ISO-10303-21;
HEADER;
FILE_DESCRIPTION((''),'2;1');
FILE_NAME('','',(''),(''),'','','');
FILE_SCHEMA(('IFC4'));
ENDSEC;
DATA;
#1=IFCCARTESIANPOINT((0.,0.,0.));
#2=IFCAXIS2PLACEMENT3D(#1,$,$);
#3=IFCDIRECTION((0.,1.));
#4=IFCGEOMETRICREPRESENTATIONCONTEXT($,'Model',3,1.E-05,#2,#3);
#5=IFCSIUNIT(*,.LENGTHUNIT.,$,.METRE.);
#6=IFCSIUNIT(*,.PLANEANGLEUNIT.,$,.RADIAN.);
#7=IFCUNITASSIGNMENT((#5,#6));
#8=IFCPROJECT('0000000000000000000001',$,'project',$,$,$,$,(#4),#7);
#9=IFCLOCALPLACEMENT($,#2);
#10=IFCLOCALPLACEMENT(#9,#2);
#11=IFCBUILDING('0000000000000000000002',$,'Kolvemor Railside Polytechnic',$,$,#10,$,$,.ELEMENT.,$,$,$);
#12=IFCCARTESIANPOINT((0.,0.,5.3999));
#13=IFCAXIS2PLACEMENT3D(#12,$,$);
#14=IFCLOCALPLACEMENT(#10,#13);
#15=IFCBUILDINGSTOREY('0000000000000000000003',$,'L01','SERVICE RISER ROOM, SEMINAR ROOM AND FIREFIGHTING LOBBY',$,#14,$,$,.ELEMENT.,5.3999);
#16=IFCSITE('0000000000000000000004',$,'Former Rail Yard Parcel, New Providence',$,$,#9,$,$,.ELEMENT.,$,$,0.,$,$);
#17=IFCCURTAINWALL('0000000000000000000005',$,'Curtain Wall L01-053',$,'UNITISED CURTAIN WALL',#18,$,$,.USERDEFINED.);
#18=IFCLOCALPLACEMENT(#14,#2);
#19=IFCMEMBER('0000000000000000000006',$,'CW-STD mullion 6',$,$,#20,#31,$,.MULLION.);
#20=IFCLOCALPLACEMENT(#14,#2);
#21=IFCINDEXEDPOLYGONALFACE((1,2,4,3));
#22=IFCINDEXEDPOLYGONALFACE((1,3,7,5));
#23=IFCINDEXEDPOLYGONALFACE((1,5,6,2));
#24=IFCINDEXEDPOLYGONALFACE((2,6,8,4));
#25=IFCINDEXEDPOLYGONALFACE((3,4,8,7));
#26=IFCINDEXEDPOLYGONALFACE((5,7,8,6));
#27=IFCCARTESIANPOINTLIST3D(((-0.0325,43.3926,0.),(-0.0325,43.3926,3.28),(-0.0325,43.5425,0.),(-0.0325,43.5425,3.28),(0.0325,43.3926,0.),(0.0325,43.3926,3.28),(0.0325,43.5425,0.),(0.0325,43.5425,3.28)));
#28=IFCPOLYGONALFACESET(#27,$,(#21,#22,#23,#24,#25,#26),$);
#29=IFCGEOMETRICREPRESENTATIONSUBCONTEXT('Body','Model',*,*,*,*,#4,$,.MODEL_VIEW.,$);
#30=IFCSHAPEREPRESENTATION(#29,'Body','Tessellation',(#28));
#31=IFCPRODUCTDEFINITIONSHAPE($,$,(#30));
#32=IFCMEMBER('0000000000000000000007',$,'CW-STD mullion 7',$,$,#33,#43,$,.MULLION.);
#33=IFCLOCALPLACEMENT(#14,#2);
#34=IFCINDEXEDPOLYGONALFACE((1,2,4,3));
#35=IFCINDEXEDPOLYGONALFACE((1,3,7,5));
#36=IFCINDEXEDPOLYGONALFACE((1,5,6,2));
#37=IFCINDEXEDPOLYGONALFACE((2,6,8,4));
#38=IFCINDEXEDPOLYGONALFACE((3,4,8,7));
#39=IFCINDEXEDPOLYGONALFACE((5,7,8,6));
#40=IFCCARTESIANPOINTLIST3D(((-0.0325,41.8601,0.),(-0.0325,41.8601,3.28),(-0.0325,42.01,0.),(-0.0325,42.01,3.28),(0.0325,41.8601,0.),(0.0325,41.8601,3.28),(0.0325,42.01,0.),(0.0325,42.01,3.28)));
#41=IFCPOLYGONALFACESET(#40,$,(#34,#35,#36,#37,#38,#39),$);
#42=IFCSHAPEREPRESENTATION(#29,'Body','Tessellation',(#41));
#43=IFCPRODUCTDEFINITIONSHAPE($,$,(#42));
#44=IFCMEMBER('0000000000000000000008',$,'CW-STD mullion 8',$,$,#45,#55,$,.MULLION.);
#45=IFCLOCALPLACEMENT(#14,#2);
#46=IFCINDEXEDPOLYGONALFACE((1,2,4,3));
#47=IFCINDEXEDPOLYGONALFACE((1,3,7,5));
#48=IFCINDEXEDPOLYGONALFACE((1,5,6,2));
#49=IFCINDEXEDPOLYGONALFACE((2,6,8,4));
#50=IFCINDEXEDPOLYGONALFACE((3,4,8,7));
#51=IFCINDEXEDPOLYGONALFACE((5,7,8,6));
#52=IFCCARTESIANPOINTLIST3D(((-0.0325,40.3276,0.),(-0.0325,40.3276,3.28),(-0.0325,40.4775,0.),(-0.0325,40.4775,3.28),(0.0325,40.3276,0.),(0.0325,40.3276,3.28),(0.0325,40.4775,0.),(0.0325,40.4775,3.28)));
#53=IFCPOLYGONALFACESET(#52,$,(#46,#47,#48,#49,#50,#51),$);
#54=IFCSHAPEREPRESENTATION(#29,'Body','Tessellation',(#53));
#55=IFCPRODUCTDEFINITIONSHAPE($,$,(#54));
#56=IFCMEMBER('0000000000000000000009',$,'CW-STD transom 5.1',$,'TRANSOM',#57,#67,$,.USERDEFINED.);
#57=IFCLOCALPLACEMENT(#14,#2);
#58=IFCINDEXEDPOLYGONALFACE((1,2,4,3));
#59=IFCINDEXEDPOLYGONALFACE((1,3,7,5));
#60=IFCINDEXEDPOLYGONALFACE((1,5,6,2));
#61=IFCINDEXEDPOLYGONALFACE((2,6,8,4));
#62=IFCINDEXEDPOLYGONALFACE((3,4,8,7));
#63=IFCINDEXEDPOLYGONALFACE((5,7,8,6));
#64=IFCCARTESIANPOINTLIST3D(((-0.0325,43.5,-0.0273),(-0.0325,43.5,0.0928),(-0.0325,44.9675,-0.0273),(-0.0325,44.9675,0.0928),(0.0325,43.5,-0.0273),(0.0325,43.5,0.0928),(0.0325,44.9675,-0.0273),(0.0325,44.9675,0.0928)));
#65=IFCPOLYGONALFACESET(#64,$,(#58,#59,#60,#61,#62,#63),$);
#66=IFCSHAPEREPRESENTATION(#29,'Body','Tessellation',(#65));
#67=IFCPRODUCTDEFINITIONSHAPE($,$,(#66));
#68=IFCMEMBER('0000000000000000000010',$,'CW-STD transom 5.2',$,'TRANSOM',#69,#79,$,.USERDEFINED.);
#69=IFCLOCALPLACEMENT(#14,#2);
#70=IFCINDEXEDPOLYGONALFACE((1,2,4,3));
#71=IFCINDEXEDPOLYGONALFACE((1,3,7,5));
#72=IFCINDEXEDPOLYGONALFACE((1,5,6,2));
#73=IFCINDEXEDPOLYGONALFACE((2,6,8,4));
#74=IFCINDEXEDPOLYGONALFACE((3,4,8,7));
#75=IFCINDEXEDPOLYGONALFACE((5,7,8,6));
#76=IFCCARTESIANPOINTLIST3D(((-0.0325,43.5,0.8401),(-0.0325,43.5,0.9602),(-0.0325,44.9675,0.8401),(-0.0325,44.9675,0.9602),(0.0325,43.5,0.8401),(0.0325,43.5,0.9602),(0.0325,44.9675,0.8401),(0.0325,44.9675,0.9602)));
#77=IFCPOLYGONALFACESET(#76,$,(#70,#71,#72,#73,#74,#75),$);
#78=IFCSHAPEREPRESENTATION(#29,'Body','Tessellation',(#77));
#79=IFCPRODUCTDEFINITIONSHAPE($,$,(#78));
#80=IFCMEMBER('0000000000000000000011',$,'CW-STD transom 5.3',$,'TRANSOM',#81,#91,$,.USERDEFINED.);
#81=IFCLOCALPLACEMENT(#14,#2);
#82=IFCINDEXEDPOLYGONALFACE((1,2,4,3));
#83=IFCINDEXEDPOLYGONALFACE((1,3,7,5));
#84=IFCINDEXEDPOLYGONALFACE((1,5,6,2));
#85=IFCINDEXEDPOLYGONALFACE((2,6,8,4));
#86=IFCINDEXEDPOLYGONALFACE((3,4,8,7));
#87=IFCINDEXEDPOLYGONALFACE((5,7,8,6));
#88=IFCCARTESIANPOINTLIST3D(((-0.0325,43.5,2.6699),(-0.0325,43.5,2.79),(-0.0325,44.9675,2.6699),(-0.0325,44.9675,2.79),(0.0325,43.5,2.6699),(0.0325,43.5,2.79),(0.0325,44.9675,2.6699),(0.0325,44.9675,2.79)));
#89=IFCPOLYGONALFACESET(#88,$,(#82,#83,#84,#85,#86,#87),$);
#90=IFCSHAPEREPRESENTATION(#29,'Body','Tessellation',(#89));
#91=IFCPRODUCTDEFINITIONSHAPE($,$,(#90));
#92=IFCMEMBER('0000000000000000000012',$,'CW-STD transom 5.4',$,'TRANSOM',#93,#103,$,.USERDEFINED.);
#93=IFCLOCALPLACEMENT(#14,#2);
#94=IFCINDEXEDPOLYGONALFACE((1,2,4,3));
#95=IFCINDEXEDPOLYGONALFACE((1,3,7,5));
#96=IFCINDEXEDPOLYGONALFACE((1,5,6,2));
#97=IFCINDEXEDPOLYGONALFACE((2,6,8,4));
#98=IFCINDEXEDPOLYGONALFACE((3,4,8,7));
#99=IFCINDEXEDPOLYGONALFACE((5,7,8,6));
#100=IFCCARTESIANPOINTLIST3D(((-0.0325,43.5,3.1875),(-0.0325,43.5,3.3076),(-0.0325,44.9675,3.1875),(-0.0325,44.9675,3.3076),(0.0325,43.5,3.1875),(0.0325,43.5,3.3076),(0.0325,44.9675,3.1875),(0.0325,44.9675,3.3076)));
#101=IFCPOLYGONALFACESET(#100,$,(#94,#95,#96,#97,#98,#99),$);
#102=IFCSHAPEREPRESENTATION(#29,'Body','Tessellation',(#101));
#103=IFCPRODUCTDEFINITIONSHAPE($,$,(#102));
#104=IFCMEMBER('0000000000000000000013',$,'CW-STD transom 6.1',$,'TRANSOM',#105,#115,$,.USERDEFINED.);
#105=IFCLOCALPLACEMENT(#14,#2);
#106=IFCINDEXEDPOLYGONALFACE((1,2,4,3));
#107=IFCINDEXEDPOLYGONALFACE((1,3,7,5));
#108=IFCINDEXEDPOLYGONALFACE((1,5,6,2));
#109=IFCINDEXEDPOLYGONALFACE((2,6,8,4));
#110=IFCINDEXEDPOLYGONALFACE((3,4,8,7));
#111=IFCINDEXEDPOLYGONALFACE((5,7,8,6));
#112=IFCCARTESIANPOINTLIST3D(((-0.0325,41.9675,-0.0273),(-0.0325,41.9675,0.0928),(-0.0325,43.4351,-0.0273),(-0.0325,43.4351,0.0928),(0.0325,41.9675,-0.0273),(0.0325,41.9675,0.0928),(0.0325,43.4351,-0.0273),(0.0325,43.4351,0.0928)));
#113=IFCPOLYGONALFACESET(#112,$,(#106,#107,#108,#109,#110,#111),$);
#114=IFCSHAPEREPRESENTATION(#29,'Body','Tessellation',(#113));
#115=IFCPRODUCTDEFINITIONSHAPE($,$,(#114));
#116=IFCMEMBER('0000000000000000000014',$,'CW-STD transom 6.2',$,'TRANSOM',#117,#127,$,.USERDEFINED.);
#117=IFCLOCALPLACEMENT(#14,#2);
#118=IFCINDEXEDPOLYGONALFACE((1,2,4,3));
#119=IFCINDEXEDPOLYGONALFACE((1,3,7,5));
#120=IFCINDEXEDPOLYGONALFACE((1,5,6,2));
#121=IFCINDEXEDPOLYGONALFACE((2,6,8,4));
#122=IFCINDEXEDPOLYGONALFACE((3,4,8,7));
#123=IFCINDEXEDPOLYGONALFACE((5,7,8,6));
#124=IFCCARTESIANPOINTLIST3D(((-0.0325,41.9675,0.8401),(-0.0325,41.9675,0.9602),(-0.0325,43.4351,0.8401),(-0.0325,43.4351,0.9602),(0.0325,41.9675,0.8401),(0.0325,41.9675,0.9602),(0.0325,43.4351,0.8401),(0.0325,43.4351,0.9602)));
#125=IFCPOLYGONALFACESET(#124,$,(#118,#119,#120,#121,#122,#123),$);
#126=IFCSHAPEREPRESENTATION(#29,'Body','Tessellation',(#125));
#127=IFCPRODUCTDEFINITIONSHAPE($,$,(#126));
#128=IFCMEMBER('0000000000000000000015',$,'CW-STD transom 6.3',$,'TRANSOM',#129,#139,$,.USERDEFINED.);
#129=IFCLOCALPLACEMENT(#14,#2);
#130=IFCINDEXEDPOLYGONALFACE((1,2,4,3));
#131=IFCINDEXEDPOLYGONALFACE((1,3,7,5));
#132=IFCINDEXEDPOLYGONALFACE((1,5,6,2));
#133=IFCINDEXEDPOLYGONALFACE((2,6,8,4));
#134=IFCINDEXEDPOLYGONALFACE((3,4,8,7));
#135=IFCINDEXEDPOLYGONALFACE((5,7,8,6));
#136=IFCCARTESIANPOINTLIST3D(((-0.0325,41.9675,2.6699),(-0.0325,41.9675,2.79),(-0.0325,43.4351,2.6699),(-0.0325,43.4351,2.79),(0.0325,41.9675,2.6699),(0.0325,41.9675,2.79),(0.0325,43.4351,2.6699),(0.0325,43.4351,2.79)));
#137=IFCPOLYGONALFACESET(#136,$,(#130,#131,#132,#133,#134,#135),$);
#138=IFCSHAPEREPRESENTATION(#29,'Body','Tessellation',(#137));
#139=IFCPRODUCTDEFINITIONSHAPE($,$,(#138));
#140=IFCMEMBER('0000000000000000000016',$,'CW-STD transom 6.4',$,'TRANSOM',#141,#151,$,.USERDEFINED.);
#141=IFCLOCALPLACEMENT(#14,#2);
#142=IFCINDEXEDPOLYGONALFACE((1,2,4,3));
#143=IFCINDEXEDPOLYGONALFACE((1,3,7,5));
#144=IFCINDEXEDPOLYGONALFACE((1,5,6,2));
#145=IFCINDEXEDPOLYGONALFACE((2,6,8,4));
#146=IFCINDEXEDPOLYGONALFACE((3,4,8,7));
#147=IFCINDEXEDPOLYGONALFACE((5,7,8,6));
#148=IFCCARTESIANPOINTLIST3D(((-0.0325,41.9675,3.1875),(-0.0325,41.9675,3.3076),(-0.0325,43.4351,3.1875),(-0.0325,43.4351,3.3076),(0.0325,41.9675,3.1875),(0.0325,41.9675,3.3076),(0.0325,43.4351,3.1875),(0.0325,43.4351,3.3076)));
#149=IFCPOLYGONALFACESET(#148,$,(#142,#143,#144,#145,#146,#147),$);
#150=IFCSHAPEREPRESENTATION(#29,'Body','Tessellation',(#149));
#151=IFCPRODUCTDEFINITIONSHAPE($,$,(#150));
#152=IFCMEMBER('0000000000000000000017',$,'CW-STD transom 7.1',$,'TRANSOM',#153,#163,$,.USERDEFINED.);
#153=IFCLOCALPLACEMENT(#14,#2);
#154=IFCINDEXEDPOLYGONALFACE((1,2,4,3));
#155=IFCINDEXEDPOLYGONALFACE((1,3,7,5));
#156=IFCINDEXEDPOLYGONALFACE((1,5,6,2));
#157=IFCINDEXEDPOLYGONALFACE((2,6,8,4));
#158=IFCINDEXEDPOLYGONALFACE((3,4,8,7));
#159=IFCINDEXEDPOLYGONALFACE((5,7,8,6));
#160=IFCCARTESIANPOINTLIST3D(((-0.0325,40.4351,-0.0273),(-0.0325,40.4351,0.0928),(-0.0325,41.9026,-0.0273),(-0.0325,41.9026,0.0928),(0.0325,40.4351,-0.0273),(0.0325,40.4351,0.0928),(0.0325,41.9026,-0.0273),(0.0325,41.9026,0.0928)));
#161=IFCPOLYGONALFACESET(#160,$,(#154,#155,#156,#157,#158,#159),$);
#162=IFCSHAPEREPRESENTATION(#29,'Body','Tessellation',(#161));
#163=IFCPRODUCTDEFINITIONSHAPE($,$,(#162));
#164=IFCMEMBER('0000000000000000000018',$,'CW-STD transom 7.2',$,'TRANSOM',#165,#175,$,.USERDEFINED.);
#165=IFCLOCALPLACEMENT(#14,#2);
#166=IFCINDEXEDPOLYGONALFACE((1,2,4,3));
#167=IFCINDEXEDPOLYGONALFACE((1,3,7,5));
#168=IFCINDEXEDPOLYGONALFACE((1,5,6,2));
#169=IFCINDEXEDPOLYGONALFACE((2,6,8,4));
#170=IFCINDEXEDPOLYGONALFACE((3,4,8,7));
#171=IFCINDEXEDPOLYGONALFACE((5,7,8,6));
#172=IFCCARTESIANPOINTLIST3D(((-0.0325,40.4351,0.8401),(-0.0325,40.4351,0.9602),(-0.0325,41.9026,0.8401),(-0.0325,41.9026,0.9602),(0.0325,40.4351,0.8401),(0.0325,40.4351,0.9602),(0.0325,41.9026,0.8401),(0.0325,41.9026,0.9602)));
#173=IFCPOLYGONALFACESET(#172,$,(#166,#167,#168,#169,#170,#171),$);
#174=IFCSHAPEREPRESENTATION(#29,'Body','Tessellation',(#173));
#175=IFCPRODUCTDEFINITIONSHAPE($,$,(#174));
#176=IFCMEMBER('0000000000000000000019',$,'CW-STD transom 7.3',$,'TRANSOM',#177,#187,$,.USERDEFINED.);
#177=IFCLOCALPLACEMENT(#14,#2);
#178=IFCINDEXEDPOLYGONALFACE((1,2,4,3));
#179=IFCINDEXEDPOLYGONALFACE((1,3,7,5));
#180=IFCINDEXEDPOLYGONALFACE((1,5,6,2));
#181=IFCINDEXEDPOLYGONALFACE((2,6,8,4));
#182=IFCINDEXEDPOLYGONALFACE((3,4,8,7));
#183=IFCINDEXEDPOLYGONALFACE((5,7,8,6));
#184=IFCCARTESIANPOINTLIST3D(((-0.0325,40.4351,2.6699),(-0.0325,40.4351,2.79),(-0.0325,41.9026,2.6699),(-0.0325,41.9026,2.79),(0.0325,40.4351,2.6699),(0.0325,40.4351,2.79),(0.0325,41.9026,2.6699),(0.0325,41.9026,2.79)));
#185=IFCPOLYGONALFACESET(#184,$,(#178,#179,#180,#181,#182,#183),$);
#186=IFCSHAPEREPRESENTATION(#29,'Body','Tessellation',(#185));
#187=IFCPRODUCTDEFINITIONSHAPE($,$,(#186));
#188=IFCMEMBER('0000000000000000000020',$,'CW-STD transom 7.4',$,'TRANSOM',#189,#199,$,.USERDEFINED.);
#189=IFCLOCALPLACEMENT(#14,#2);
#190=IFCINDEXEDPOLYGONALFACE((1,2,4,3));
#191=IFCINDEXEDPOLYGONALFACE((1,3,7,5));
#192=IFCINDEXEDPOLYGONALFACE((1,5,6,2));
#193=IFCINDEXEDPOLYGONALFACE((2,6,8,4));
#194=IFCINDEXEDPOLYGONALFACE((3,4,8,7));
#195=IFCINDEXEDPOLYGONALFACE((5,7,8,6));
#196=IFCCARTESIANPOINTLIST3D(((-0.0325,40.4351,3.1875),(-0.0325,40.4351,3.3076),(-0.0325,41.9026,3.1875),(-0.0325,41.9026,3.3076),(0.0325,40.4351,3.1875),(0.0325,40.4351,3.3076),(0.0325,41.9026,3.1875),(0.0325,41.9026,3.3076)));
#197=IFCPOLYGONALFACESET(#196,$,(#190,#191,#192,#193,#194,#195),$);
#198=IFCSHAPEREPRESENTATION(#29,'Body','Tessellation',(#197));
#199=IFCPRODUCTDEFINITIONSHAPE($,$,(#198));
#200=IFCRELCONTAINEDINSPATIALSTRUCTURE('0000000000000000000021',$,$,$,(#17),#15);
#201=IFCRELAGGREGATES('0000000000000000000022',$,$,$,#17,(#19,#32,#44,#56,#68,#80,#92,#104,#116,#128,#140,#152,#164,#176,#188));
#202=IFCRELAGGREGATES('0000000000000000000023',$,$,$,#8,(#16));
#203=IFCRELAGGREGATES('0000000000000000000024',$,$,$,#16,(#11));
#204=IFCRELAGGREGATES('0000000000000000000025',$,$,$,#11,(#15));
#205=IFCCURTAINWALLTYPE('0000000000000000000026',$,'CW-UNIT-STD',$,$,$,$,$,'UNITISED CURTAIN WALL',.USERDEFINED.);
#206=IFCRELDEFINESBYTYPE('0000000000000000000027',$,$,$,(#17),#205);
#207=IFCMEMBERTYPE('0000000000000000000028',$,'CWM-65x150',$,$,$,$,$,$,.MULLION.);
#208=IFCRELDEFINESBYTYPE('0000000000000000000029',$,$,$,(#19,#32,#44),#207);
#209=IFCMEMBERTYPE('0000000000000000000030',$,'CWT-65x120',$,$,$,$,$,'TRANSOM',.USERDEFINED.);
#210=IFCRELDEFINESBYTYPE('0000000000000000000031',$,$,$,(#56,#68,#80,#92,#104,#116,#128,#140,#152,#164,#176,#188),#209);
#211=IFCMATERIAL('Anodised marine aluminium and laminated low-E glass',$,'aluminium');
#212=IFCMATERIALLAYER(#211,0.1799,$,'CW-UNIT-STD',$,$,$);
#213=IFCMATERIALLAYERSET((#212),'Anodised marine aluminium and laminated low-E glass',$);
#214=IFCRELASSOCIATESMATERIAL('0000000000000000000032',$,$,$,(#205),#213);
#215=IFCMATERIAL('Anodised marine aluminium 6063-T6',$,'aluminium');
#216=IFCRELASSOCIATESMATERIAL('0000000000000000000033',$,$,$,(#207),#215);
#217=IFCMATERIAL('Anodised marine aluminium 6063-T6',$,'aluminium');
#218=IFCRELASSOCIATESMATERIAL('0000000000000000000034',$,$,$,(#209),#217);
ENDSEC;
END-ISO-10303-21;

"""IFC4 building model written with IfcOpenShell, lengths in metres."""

from ifc_helpers import new_model, si_unit, direction, frame, origin, origin_2d, place, context, subcontext, project, spatial, rectangle, extrude, material, layer, layer_set, material_profile, profile_set, type_object, element, aggregate, save


model = new_model("IFC4")

# Units and contexts
model_context = context("Model", 3, precision=1e-05, world=origin(), true_north=direction((0.0, 1.0)))
body_context = subcontext(model_context, "Body", "Model", "MODEL_VIEW")
ifc_project = project(units=[si_unit("LENGTHUNIT", "METRE"), si_unit("PLANEANGLEUNIT", "RADIAN")], contexts=[model_context])

# Site, building, storey
site_placement = place(None, origin())
site = spatial("IfcSite", under=ifc_project, at=site_placement, Name="Former Rail Yard Parcel, New Providence", CompositionType="ELEMENT", RefElevation=0.0)
building_placement = place(site_placement, origin())
building = spatial("IfcBuilding", under=site, at=building_placement, Name="Kolvemor Railside Polytechnic", CompositionType="ELEMENT")
storey_placement = place(building_placement, frame((0.0, 0.0, 5.3999)))
storey = spatial("IfcBuildingStorey", under=building, at=storey_placement, Name="L01", Description="SERVICE RISER ROOM, SEMINAR ROOM AND FIREFIGHTING LOBBY", CompositionType="ELEMENT", Elevation=5.3999)

# Curtain wall, members
ifc_material_1 = material(Name="Anodised marine aluminium and laminated low-E glass", Category="aluminium")
ifc_layer_1 = layer(ifc_material_1, 0.1799, Name="CW-UNIT-STD")
ifc_layer_set_1 = layer_set([ifc_layer_1], Name="Anodised marine aluminium and laminated low-E glass")
curtain_wall_type = type_object("IfcCurtainWallType", Name="CW-UNIT-STD", ElementType="UNITISED CURTAIN WALL", PredefinedType="USERDEFINED", material=ifc_layer_set_1)
curtain_wall_placement = place(storey_placement, origin())
curtain_wall = element("IfcCurtainWall", 1, at=curtain_wall_placement, inside=storey, type_object=curtain_wall_type, Name="Curtain Wall L01-053", ObjectType="UNITISED CURTAIN WALL", PredefinedType="USERDEFINED")
ifc_material_2 = material(Name="Anodised marine aluminium 6063-T6", Category="aluminium")
ifc_material_profile_1 = material_profile(ifc_material_2, rectangle(XDim=0.0649, YDim=0.1499, at=origin_2d()), Name="CW-MUL-65x150")
ifc_profile_set_1 = profile_set([ifc_material_profile_1], Name="Anodised marine aluminium 6063-T6")
member_type_1 = type_object("IfcMemberType", Name="CWM-65x150", PredefinedType="MULLION", material=ifc_profile_set_1)
member_1_placement = place(storey_placement, frame((0.0, 43.4675, 0.0), z_axis=(0.0, 0.0, 1.0), x_axis=(1.0, 0.0, 0.0)))
member_1 = element("IfcMember", 2, at=member_1_placement, type_object=member_type_1, Name="CW-STD mullion 6", PredefinedType="MULLION", context=body_context, shape_type="SweptSolid", body=[
    extrude(rectangle(XDim=0.0649, YDim=0.1499, at=origin_2d()), origin(), (0.0, 0.0, 1.0), 3.28),
])
member_2_placement = place(storey_placement, frame((0.0, 41.9351, 0.0), z_axis=(0.0, 0.0, 1.0), x_axis=(1.0, 0.0, 0.0)))
member_2 = element("IfcMember", 3, at=member_2_placement, type_object=member_type_1, Name="CW-STD mullion 7", PredefinedType="MULLION", context=body_context, shape_type="SweptSolid", body=[
    extrude(rectangle(XDim=0.0649, YDim=0.1499, at=origin_2d()), origin(), (0.0, 0.0, 1.0), 3.28),
])
member_3_placement = place(storey_placement, frame((0.0, 40.4026, 0.0), z_axis=(0.0, 0.0, 1.0), x_axis=(1.0, 0.0, 0.0)))
member_3 = element("IfcMember", 4, at=member_3_placement, type_object=member_type_1, Name="CW-STD mullion 8", PredefinedType="MULLION", context=body_context, shape_type="SweptSolid", body=[
    extrude(rectangle(XDim=0.0649, YDim=0.1499, at=origin_2d()), origin(), (0.0, 0.0, 1.0), 3.28),
])
ifc_material_3 = material(Name="Anodised marine aluminium 6063-T6", Category="aluminium")
ifc_material_profile_2 = material_profile(ifc_material_3, rectangle(XDim=0.0649, YDim=0.1201, at=origin_2d()), Name="CW-TRN-65x120")
ifc_profile_set_2 = profile_set([ifc_material_profile_2], Name="Anodised marine aluminium 6063-T6")
member_type_2 = type_object("IfcMemberType", Name="CWT-65x120", ElementType="TRANSOM", PredefinedType="USERDEFINED", material=ifc_profile_set_2)
member_4_placement = place(storey_placement, frame((0.0, 44.9675, 0.0327), z_axis=(0.0, -1.0, 0.0), x_axis=(1.0, 0.0, 0.0)))
member_4 = element("IfcMember", 5, at=member_4_placement, type_object=member_type_2, Name="CW-STD transom 5.1", ObjectType="TRANSOM", PredefinedType="USERDEFINED", context=body_context, shape_type="SweptSolid", body=[
    extrude(rectangle(XDim=0.0649, YDim=0.1201, at=origin_2d()), origin(), (0.0, 0.0, 1.0), 1.4675),
])
member_5_placement = place(storey_placement, frame((0.0, 44.9675, 0.9001), z_axis=(0.0, -1.0, 0.0), x_axis=(1.0, 0.0, 0.0)))
member_5 = element("IfcMember", 6, at=member_5_placement, type_object=member_type_2, Name="CW-STD transom 5.2", ObjectType="TRANSOM", PredefinedType="USERDEFINED", context=body_context, shape_type="SweptSolid", body=[
    extrude(rectangle(XDim=0.0649, YDim=0.1201, at=origin_2d()), origin(), (0.0, 0.0, 1.0), 1.4675),
])
member_6_placement = place(storey_placement, frame((0.0, 44.9675, 2.73), z_axis=(0.0, -1.0, 0.0), x_axis=(1.0, 0.0, 0.0)))
member_6 = element("IfcMember", 7, at=member_6_placement, type_object=member_type_2, Name="CW-STD transom 5.3", ObjectType="TRANSOM", PredefinedType="USERDEFINED", context=body_context, shape_type="SweptSolid", body=[
    extrude(rectangle(XDim=0.0649, YDim=0.1201, at=origin_2d()), origin(), (0.0, 0.0, 1.0), 1.4675),
])
member_7_placement = place(storey_placement, frame((0.0, 44.9675, 3.2476), z_axis=(0.0, -1.0, 0.0), x_axis=(1.0, 0.0, 0.0)))
member_7 = element("IfcMember", 8, at=member_7_placement, type_object=member_type_2, Name="CW-STD transom 5.4", ObjectType="TRANSOM", PredefinedType="USERDEFINED", context=body_context, shape_type="SweptSolid", body=[
    extrude(rectangle(XDim=0.0649, YDim=0.1201, at=origin_2d()), origin(), (0.0, 0.0, 1.0), 1.4675),
])
member_8_placement = place(storey_placement, frame((0.0, 43.4351, 0.0327), z_axis=(0.0, -1.0, 0.0), x_axis=(1.0, 0.0, 0.0)))
member_8 = element("IfcMember", 9, at=member_8_placement, type_object=member_type_2, Name="CW-STD transom 6.1", ObjectType="TRANSOM", PredefinedType="USERDEFINED", context=body_context, shape_type="SweptSolid", body=[
    extrude(rectangle(XDim=0.0649, YDim=0.1201, at=origin_2d()), origin(), (0.0, 0.0, 1.0), 1.4675),
])
member_9_placement = place(storey_placement, frame((0.0, 43.4351, 0.9001), z_axis=(0.0, -1.0, 0.0), x_axis=(1.0, 0.0, 0.0)))
member_9 = element("IfcMember", 10, at=member_9_placement, type_object=member_type_2, Name="CW-STD transom 6.2", ObjectType="TRANSOM", PredefinedType="USERDEFINED", context=body_context, shape_type="SweptSolid", body=[
    extrude(rectangle(XDim=0.0649, YDim=0.1201, at=origin_2d()), origin(), (0.0, 0.0, 1.0), 1.4675),
])
member_10_placement = place(storey_placement, frame((0.0, 43.4351, 2.73), z_axis=(0.0, -1.0, 0.0), x_axis=(1.0, 0.0, 0.0)))
member_10 = element("IfcMember", 11, at=member_10_placement, type_object=member_type_2, Name="CW-STD transom 6.3", ObjectType="TRANSOM", PredefinedType="USERDEFINED", context=body_context, shape_type="SweptSolid", body=[
    extrude(rectangle(XDim=0.0649, YDim=0.1201, at=origin_2d()), origin(), (0.0, 0.0, 1.0), 1.4675),
])
member_11_placement = place(storey_placement, frame((0.0, 43.4351, 3.2476), z_axis=(0.0, -1.0, 0.0), x_axis=(1.0, 0.0, 0.0)))
member_11 = element("IfcMember", 12, at=member_11_placement, type_object=member_type_2, Name="CW-STD transom 6.4", ObjectType="TRANSOM", PredefinedType="USERDEFINED", context=body_context, shape_type="SweptSolid", body=[
    extrude(rectangle(XDim=0.0649, YDim=0.1201, at=origin_2d()), origin(), (0.0, 0.0, 1.0), 1.4675),
])
member_12_placement = place(storey_placement, frame((0.0, 41.9026, 0.0327), z_axis=(0.0, -1.0, 0.0), x_axis=(1.0, 0.0, 0.0)))
member_12 = element("IfcMember", 13, at=member_12_placement, type_object=member_type_2, Name="CW-STD transom 7.1", ObjectType="TRANSOM", PredefinedType="USERDEFINED", context=body_context, shape_type="SweptSolid", body=[
    extrude(rectangle(XDim=0.0649, YDim=0.1201, at=origin_2d()), origin(), (0.0, 0.0, 1.0), 1.4675),
])
member_13_placement = place(storey_placement, frame((0.0, 41.9026, 0.9001), z_axis=(0.0, -1.0, 0.0), x_axis=(1.0, 0.0, 0.0)))
member_13 = element("IfcMember", 14, at=member_13_placement, type_object=member_type_2, Name="CW-STD transom 7.2", ObjectType="TRANSOM", PredefinedType="USERDEFINED", context=body_context, shape_type="SweptSolid", body=[
    extrude(rectangle(XDim=0.0649, YDim=0.1201, at=origin_2d()), origin(), (0.0, 0.0, 1.0), 1.4675),
])
member_14_placement = place(storey_placement, frame((0.0, 41.9026, 2.73), z_axis=(0.0, -1.0, 0.0), x_axis=(1.0, 0.0, 0.0)))
member_14 = element("IfcMember", 15, at=member_14_placement, type_object=member_type_2, Name="CW-STD transom 7.3", ObjectType="TRANSOM", PredefinedType="USERDEFINED", context=body_context, shape_type="SweptSolid", body=[
    extrude(rectangle(XDim=0.0649, YDim=0.1201, at=origin_2d()), origin(), (0.0, 0.0, 1.0), 1.4675),
])
member_15_placement = place(storey_placement, frame((0.0, 41.9026, 3.2476), z_axis=(0.0, -1.0, 0.0), x_axis=(1.0, 0.0, 0.0)))
member_15 = element("IfcMember", 16, at=member_15_placement, type_object=member_type_2, Name="CW-STD transom 7.4", ObjectType="TRANSOM", PredefinedType="USERDEFINED", context=body_context, shape_type="SweptSolid", body=[
    extrude(rectangle(XDim=0.0649, YDim=0.1201, at=origin_2d()), origin(), (0.0, 0.0, 1.0), 1.4675),
])
aggregate(curtain_wall, [member_1, member_2, member_3, member_4, member_5, member_6, member_7, member_8, member_9, member_10, member_11, member_12, member_13, member_14, member_15])

save(model, "model.ifc")
